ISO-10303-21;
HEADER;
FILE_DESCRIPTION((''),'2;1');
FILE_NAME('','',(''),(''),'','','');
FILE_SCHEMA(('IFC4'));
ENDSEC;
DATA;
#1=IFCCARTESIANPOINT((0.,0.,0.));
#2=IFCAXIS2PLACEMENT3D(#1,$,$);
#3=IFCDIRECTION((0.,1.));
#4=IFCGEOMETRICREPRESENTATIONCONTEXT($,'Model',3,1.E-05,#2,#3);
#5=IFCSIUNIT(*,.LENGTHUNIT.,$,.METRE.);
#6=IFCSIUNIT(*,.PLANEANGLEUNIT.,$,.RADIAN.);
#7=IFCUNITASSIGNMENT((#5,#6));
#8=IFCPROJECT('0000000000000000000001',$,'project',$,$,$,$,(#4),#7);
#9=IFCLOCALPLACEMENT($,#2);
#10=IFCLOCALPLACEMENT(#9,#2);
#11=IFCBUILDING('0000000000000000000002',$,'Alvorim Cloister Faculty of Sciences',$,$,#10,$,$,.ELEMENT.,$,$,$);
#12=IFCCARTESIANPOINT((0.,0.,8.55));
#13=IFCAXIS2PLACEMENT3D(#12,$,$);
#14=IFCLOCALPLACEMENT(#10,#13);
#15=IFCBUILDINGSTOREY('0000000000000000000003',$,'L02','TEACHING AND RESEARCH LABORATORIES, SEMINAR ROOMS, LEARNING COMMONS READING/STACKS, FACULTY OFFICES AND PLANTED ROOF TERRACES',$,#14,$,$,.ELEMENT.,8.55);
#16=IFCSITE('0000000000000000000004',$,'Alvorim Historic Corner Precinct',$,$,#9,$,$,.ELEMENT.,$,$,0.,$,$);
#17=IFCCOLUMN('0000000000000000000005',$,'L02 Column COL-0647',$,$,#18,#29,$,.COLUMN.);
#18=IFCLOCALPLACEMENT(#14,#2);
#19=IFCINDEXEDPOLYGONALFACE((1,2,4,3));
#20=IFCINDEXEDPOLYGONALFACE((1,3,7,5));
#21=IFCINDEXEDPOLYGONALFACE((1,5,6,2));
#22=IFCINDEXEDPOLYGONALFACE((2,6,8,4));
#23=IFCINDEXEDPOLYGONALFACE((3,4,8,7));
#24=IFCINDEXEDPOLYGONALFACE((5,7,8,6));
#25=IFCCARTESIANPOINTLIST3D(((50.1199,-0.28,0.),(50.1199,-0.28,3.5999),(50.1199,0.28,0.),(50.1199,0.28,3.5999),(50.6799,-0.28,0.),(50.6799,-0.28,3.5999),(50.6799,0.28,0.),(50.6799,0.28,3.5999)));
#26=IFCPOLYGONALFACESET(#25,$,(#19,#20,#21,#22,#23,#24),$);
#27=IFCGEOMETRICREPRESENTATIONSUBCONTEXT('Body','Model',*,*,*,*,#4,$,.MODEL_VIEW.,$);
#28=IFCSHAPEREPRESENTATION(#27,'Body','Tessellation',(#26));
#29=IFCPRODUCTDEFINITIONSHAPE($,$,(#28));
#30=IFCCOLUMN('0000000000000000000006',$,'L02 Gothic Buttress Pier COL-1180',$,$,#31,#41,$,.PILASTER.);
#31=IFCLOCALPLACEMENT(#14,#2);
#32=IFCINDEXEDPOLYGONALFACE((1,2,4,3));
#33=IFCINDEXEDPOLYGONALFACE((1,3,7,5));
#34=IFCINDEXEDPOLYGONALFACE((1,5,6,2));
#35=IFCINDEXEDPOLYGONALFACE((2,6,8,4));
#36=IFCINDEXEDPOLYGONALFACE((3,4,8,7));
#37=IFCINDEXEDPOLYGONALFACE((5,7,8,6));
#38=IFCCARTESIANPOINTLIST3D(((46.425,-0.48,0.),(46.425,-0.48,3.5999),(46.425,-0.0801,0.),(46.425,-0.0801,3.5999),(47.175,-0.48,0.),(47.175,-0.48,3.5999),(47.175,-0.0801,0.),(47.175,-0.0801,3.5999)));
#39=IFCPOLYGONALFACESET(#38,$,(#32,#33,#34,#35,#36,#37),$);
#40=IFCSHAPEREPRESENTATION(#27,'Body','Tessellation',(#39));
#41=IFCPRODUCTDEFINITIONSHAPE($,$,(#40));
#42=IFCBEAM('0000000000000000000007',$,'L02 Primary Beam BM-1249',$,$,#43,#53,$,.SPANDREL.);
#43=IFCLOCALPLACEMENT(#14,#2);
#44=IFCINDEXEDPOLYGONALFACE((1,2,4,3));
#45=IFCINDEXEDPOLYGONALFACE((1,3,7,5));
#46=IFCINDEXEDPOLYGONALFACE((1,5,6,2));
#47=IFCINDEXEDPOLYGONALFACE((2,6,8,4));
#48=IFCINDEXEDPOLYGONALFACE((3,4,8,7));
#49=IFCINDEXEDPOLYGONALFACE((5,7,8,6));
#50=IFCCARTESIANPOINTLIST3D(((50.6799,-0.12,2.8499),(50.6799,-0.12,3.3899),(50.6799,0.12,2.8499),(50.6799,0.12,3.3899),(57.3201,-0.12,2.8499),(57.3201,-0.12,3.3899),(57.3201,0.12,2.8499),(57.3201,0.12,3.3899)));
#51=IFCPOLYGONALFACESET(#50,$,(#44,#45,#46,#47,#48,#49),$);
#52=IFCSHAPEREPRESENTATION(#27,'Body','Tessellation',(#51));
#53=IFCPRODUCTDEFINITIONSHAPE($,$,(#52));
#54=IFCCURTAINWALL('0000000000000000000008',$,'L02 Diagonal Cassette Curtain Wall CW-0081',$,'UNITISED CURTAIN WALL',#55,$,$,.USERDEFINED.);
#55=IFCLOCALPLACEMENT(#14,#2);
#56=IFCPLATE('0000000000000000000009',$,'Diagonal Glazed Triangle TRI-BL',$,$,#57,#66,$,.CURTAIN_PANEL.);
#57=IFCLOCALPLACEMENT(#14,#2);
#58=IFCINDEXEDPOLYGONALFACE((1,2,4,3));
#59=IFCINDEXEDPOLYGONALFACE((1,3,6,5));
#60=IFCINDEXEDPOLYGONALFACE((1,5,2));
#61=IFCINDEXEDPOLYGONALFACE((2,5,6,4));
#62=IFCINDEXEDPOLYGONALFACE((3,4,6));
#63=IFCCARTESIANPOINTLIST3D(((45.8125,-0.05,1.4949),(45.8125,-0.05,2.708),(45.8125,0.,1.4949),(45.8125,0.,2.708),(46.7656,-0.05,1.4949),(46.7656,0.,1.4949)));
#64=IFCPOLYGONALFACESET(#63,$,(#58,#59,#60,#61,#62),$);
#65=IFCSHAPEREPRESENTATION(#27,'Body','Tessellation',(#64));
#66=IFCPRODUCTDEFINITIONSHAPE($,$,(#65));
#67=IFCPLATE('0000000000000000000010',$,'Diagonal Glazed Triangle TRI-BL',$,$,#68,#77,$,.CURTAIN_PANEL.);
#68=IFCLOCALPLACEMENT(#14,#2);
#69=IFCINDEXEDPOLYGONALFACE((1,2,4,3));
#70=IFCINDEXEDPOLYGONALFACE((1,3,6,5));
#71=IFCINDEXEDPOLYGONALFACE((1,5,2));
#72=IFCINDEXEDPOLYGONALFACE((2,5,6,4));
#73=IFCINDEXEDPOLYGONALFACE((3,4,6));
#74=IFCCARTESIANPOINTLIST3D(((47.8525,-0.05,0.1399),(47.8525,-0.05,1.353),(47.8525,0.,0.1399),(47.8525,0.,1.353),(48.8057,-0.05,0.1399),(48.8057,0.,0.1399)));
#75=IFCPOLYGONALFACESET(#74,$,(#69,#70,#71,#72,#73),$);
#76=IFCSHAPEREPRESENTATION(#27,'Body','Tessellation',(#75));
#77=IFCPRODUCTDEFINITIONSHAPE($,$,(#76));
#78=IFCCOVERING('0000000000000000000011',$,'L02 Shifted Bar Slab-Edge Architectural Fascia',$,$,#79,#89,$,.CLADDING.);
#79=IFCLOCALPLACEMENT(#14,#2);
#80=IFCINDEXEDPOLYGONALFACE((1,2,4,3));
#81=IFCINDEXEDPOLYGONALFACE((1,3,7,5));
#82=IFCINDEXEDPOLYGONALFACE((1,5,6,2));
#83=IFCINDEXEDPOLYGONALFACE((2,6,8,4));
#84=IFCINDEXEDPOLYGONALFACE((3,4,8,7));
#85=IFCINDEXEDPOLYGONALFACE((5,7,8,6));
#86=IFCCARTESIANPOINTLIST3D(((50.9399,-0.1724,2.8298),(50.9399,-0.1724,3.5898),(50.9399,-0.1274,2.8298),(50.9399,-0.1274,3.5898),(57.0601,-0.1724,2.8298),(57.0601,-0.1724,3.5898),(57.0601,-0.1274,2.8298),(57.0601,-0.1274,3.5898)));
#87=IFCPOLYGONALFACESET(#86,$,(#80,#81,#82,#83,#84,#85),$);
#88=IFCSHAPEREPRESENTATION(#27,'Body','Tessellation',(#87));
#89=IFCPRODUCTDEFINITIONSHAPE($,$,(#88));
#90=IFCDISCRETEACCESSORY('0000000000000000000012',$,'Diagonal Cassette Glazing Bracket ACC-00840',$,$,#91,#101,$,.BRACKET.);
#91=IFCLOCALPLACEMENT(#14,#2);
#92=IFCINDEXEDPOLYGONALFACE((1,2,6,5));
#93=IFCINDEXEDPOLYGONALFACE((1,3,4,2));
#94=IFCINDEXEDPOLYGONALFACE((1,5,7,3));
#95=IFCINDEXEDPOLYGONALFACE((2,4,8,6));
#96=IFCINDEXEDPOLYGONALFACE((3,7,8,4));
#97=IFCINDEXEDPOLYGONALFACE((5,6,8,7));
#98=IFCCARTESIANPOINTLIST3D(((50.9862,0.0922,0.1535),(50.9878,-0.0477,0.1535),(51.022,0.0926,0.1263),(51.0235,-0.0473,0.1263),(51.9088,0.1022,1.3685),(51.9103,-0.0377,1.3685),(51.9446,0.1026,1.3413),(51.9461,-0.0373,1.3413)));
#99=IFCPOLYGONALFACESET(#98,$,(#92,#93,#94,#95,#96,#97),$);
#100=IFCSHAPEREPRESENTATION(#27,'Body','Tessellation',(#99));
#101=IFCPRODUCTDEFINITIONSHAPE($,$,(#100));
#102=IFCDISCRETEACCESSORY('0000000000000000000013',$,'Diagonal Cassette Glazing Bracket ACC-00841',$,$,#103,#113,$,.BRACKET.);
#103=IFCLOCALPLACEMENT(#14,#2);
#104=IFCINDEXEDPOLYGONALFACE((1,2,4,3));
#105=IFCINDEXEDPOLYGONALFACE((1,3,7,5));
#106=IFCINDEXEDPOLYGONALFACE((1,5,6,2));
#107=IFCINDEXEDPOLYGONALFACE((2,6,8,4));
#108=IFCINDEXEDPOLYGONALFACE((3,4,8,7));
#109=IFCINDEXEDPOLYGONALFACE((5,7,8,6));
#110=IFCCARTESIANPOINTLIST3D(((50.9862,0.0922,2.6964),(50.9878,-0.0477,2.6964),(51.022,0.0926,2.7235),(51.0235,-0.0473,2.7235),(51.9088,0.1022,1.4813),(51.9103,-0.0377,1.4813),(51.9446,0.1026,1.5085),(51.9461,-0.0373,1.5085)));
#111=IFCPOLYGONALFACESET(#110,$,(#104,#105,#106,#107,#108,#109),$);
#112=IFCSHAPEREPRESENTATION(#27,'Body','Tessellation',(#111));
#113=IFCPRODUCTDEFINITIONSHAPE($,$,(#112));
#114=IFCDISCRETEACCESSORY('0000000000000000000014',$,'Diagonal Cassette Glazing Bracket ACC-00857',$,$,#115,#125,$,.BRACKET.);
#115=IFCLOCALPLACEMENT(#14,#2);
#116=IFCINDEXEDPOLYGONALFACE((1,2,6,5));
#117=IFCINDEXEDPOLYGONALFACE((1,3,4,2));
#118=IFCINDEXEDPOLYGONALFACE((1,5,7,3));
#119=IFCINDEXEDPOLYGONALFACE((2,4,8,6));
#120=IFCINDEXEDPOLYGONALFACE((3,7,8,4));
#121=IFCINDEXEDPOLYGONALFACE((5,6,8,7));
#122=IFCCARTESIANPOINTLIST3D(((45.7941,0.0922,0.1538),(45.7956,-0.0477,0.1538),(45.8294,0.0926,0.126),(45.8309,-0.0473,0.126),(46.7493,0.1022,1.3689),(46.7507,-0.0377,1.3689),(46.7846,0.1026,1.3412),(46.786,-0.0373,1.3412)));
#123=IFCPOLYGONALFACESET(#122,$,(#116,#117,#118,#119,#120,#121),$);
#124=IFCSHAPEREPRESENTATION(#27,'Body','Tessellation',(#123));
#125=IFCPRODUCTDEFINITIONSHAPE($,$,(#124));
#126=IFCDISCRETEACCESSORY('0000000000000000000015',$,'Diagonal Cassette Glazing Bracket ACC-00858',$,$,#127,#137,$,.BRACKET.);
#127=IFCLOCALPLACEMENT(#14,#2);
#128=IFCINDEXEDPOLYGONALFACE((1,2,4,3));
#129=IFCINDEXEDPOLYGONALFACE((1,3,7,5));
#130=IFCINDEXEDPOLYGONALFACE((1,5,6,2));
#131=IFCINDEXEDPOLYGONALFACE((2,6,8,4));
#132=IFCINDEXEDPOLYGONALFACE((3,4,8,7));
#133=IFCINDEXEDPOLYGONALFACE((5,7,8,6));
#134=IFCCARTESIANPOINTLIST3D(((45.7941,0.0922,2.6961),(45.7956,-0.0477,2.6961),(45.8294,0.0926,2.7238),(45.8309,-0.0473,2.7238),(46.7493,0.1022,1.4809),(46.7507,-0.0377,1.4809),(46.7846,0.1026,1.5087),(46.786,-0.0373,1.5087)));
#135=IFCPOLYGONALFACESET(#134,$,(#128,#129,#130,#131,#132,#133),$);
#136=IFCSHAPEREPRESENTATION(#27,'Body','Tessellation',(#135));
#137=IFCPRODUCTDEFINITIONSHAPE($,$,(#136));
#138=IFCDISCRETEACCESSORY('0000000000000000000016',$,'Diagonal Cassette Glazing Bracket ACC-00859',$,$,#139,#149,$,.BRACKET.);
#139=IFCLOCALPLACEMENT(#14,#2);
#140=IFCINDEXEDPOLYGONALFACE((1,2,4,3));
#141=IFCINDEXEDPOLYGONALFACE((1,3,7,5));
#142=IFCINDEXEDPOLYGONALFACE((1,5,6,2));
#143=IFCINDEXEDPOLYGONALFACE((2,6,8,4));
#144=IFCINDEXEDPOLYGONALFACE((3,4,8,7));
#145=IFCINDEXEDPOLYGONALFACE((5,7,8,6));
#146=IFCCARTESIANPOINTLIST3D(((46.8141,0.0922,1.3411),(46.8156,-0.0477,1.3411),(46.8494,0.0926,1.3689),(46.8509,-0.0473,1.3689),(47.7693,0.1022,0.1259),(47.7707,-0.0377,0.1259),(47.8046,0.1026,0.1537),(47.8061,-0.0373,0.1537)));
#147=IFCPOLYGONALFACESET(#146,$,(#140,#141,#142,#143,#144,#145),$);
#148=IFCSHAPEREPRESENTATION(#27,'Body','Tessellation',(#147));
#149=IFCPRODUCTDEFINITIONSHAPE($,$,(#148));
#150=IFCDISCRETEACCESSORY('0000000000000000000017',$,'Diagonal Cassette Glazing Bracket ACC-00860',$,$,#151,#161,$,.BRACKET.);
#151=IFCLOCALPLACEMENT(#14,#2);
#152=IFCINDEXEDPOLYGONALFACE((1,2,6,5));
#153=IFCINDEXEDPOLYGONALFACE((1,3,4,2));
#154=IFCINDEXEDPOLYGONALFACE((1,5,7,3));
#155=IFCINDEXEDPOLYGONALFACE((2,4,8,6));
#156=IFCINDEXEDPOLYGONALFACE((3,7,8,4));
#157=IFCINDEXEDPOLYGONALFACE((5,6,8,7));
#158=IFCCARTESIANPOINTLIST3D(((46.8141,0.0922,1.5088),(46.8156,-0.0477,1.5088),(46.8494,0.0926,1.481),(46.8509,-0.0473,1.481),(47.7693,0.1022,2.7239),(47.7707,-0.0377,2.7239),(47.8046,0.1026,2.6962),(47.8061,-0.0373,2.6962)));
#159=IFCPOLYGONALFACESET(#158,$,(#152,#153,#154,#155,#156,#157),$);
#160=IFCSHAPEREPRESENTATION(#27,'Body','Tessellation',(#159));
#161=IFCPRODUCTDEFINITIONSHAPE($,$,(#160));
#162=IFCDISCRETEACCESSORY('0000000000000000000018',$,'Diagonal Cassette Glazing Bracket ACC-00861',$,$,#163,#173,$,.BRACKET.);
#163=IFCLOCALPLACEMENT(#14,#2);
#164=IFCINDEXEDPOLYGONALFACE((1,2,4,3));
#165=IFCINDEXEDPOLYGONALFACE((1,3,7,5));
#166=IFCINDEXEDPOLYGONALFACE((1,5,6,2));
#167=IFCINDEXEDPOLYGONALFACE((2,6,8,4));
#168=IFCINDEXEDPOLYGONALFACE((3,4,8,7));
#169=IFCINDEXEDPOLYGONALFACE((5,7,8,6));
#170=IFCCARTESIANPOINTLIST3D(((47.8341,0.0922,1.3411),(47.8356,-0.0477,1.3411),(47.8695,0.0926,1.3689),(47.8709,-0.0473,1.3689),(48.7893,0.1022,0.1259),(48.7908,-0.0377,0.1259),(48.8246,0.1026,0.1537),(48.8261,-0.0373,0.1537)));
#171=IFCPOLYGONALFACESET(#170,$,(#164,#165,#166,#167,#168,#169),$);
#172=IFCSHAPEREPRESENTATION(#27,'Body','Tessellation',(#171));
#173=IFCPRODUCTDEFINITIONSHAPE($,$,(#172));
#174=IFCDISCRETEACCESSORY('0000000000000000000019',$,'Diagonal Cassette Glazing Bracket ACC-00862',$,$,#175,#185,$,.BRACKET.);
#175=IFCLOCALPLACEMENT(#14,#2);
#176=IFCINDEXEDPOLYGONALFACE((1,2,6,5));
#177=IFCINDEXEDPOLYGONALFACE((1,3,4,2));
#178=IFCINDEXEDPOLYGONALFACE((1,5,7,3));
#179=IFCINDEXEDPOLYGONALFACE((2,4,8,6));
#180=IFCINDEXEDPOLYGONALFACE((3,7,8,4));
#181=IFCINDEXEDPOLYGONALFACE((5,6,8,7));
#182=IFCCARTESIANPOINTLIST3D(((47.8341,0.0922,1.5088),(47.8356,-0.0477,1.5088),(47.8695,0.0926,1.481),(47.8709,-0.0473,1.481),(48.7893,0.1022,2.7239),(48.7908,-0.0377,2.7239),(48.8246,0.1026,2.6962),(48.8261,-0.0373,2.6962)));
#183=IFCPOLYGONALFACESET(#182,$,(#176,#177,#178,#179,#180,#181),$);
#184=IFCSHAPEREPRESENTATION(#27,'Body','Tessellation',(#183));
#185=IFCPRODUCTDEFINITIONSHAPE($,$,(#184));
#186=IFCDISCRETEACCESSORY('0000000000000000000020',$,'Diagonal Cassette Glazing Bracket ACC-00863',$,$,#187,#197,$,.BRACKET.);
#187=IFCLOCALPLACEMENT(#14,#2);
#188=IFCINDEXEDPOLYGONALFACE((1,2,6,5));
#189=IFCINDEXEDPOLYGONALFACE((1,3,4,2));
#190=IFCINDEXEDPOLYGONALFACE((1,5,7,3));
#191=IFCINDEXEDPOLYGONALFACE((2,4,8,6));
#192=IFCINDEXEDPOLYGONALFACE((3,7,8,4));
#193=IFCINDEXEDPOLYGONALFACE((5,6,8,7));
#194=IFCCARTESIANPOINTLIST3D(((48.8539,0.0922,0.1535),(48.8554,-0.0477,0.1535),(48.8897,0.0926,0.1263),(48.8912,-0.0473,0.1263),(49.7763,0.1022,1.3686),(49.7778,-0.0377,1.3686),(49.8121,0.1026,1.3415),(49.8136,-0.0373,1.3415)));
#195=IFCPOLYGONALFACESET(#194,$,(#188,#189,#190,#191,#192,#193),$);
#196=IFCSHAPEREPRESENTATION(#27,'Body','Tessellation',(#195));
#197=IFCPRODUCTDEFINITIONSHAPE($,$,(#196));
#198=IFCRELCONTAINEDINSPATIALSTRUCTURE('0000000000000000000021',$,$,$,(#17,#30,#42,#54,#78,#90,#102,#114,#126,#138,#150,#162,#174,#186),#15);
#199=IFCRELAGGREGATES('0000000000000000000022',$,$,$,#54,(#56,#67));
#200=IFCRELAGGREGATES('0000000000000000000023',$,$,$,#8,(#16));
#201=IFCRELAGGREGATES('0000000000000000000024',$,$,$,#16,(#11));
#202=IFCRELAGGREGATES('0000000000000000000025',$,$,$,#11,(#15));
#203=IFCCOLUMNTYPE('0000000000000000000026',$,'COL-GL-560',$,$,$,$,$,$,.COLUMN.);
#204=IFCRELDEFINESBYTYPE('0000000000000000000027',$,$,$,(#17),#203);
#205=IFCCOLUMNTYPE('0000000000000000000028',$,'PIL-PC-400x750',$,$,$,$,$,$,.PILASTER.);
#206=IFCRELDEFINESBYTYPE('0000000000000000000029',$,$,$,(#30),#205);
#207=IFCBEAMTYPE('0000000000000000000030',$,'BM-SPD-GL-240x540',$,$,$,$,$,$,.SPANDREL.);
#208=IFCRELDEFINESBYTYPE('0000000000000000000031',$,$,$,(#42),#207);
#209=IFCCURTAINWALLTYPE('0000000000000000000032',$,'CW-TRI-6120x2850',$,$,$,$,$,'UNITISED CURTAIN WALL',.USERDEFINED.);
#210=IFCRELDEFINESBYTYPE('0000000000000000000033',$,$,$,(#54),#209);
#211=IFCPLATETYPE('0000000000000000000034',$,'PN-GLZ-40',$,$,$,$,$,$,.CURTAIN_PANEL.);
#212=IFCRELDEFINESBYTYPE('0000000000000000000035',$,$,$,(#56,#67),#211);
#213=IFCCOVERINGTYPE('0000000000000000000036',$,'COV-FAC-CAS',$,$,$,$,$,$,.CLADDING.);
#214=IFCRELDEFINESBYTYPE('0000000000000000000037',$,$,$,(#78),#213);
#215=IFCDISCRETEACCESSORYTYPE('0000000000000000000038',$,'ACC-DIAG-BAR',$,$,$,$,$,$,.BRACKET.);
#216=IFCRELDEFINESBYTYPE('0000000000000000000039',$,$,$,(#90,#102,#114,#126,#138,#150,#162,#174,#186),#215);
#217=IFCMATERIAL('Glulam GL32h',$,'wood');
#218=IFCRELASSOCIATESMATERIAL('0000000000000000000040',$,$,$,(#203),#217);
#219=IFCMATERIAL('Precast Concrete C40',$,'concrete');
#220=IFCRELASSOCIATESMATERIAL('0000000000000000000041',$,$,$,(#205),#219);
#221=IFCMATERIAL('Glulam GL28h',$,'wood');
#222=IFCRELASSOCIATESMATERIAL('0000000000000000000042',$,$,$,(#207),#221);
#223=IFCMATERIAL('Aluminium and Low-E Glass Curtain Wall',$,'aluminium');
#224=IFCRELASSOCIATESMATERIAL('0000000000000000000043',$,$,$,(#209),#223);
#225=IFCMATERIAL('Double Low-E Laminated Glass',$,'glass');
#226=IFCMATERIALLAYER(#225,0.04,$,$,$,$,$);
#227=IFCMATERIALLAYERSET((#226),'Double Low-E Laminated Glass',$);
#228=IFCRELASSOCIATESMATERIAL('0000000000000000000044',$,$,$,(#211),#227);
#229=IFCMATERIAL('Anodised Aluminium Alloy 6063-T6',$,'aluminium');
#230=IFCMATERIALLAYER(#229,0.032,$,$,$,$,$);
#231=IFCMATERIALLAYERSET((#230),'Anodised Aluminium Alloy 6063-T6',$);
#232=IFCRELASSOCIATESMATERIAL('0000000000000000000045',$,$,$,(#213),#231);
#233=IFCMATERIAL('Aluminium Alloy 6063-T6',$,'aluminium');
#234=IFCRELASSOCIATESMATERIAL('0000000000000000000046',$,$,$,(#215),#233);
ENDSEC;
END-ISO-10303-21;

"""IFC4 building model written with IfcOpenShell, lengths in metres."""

from ifc_helpers import new_model, si_unit, direction, frame, origin, origin_2d, place, context, subcontext, project, spatial, polyline, rectangle, outline, extrude, material, layer, layer_set, material_profile, profile_set, type_object, element, aggregate, save


model = new_model("IFC4")

# Units and contexts
model_context = context("Model", 3, precision=1e-05, world=origin(), true_north=direction((0.0, 1.0)))
body_context = subcontext(model_context, "Body", "Model", "MODEL_VIEW")
ifc_project = project(units=[si_unit("LENGTHUNIT", "METRE"), si_unit("PLANEANGLEUNIT", "RADIAN")], contexts=[model_context])

# Site, building, storey
site_placement = place(None, origin())
site = spatial("IfcSite", under=ifc_project, at=site_placement, Name="Alvorim Historic Corner Precinct", CompositionType="ELEMENT", RefElevation=0.0)
building_placement = place(site_placement, origin())
building = spatial("IfcBuilding", under=site, at=building_placement, Name="Alvorim Cloister Faculty of Sciences", CompositionType="ELEMENT")
storey_placement = place(building_placement, frame((0.0, 0.0, 8.55)))
storey = spatial("IfcBuildingStorey", under=building, at=storey_placement, Name="L02", Description="TEACHING AND RESEARCH LABORATORIES, SEMINAR ROOMS, LEARNING COMMONS READING/STACKS, FACULTY OFFICES AND PLANTED ROOF TERRACES", CompositionType="ELEMENT", Elevation=8.55)

# Columns
ifc_material_1 = material(Name="Glulam GL32h", Category="wood")
ifc_material_profile_1 = material_profile(ifc_material_1, rectangle(XDim=0.5601, YDim=0.5601, at=origin_2d()), Name="GL32-COL-560x560")
ifc_profile_set_1 = profile_set([ifc_material_profile_1], Name="Glulam GL32h")
column_type_1 = type_object("IfcColumnType", Name="COL-GL-560", PredefinedType="COLUMN", material=ifc_profile_set_1)
column_1_placement = place(storey_placement, frame((50.3999, 0.0, 0.0), z_axis=(0.0, 0.0, 1.0), x_axis=(1.0, 0.0, 0.0)))
element("IfcColumn", 1, at=column_1_placement, inside=storey, type_object=column_type_1, Name="L02 Column COL-0647", PredefinedType="COLUMN", context=body_context, shape_type="SweptSolid", body=[
    extrude(rectangle(XDim=0.5601, YDim=0.5601, at=origin_2d()), origin(), (0.0, 0.0, 1.0), 3.5999),
])
ifc_material_2 = material(Name="Precast Concrete C40", Category="concrete")
ifc_material_profile_2 = material_profile(ifc_material_2, rectangle(XDim=0.3999, YDim=0.75, at=origin_2d()), Name="RC40-PIL-400x750")
ifc_profile_set_2 = profile_set([ifc_material_profile_2], Name="Precast Concrete C40")
column_type_2 = type_object("IfcColumnType", Name="PIL-PC-400x750", PredefinedType="PILASTER", material=ifc_profile_set_2)
column_2_placement = place(storey_placement, frame((46.8, -0.28, 0.0), z_axis=(0.0, 0.0, 1.0), x_axis=(0.0, 1.0, 0.0)))
element("IfcColumn", 2, at=column_2_placement, inside=storey, type_object=column_type_2, Name="L02 Gothic Buttress Pier COL-1180", PredefinedType="PILASTER", context=body_context, shape_type="SweptSolid", body=[
    extrude(rectangle(XDim=0.3999, YDim=0.75, at=origin_2d()), origin(), (0.0, 0.0, 1.0), 3.5999),
])

# Beam
ifc_material_3 = material(Name="Glulam GL28h", Category="wood")
ifc_material_profile_3 = material_profile(ifc_material_3, rectangle(XDim=0.24, YDim=0.54, at=origin_2d()), Name="GL28-SPD-240x540")
ifc_profile_set_3 = profile_set([ifc_material_profile_3], Name="Glulam GL28h")
beam_type = type_object("IfcBeamType", Name="BM-SPD-GL-240x540", PredefinedType="SPANDREL", material=ifc_profile_set_3)
beam_placement = place(storey_placement, frame((50.6799, 0.0, 3.1199), z_axis=(1.0, 0.0, 0.0), x_axis=(0.0, 1.0, 0.0)))
element("IfcBeam", 3, at=beam_placement, inside=storey, type_object=beam_type, Name="L02 Primary Beam BM-1249", PredefinedType="SPANDREL", context=body_context, shape_type="SweptSolid", body=[
    extrude(rectangle(XDim=0.24, YDim=0.54, at=origin_2d()), origin(), (0.0, 0.0, 1.0), 6.6401),
])

# Curtain wall, plates
ifc_material_4 = material(Name="Aluminium and Low-E Glass Curtain Wall", Category="aluminium")
curtain_wall_type = type_object("IfcCurtainWallType", Name="CW-TRI-6120x2850", ElementType="UNITISED CURTAIN WALL", PredefinedType="USERDEFINED", material=ifc_material_4)
ifc_material_5 = material(Name="Double Low-E Laminated Glass", Category="glass")
ifc_layer_1 = layer(ifc_material_5, 0.04)
ifc_layer_set_1 = layer_set([ifc_layer_1], Name="Double Low-E Laminated Glass")
plate_type = type_object("IfcPlateType", Name="PN-GLZ-40", PredefinedType="CURTAIN_PANEL", material=ifc_layer_set_1)
curtain_wall_1_placement = place(storey_placement, origin())
curtain_wall_1 = element("IfcCurtainWall", 4, at=curtain_wall_1_placement, inside=storey, type_object=curtain_wall_type, Name="L02 Diagonal Cassette Curtain Wall CW-0081", ObjectType="UNITISED CURTAIN WALL", PredefinedType="USERDEFINED")
plate_1_placement = place(storey_placement, frame((45.8125, -0.0249, 1.4949), z_axis=(0.0, 0.0, 1.0), x_axis=(1.0, 0.0, 0.0)))
plate_1 = element("IfcPlate", 5, at=plate_1_placement, type_object=plate_type, Name="Diagonal Glazed Triangle TRI-BL", PredefinedType="CURTAIN_PANEL", context=body_context, shape_type="SweptSolid", body=[
    extrude(outline(polyline([(0.0, 0.0), (0.9531, 0.0), (0.0, 1.2131), (0.0, 0.0)])), frame((0.0, 0.0249, 0.0), z_axis=(0.0, -1.0, 0.0), x_axis=(1.0, 0.0, 0.0)), (0.0, 0.0, 1.0), 0.05),
])
plate_2_placement = place(storey_placement, frame((47.8525, -0.0249, 0.1399), z_axis=(0.0, 0.0, 1.0), x_axis=(1.0, 0.0, 0.0)))
plate_2 = element("IfcPlate", 6, at=plate_2_placement, type_object=plate_type, Name="Diagonal Glazed Triangle TRI-BL", PredefinedType="CURTAIN_PANEL", context=body_context, shape_type="SweptSolid", body=[
    extrude(outline(polyline([(0.0, 0.0), (0.9531, 0.0), (0.0, 1.2131), (0.0, 0.0)])), frame((0.0, 0.0249, 0.0), z_axis=(0.0, -1.0, 0.0), x_axis=(1.0, 0.0, 0.0)), (0.0, 0.0, 1.0), 0.05),
])
aggregate(curtain_wall_1, [plate_1, plate_2])

# Covering
ifc_material_6 = material(Name="Anodised Aluminium Alloy 6063-T6", Category="aluminium")
ifc_layer_2 = layer(ifc_material_6, 0.032)
ifc_layer_set_2 = layer_set([ifc_layer_2], Name="Anodised Aluminium Alloy 6063-T6")
covering_type = type_object("IfcCoveringType", Name="COV-FAC-CAS", PredefinedType="CLADDING", material=ifc_layer_set_2)
covering_placement = place(storey_placement, frame((50.9399, -0.1499, 2.8298), z_axis=(0.0, 0.0, 1.0), x_axis=(1.0, 0.0, 0.0)))
element("IfcCovering", 7, at=covering_placement, inside=storey, type_object=covering_type, Name="L02 Shifted Bar Slab-Edge Architectural Fascia", PredefinedType="CLADDING", context=body_context, shape_type="SweptSolid", body=[
    extrude(outline(polyline([(0.0, 0.0), (6.1201, 0.0), (6.1201, 0.76), (0.0, 0.76), (0.0, 0.0)])), frame((0.0, 0.0225, 0.0), z_axis=(0.0, -1.0, 0.0), x_axis=(1.0, 0.0, 0.0)), (0.0, 0.0, 1.0), 0.0449),
])

# Discrete accessories
ifc_material_7 = material(Name="Aluminium Alloy 6063-T6", Category="aluminium")
discrete_accessory_type = type_object("IfcDiscreteAccessoryType", Name="ACC-DIAG-BAR", PredefinedType="BRACKET", material=ifc_material_7)
for number, where, z_axis, x_axis, name in (
    (8, (51.0049, 0.0225, 0.1399), (0.604713, 0.006561, 0.796416), (-0.010849, 0.999941, 0.0), "Diagonal Cassette Glazing Bracket ACC-00840"),
    (9, (51.0049, 0.0225, 2.71), (0.604713, 0.006561, -0.796416), (-0.010849, 0.999941, 0.0), "Diagonal Cassette Glazing Bracket ACC-00841"),
):
    element("IfcDiscreteAccessory", number, at=place(storey_placement, frame(where, z_axis=z_axis, x_axis=x_axis)), inside=storey, type_object=discrete_accessory_type, Name=name, PredefinedType="BRACKET", context=body_context, shape_type="SweptSolid", body=[
        extrude(rectangle(XDim=0.1399, YDim=0.0449, at=origin_2d()), origin(), (0.0, 0.0, 1.0), 1.5256),
    ])
for number, where, z_axis, x_axis, name in (
    (10, (45.8125, 0.0225, 0.1399), (0.617955, 0.006477, 0.786187), (-0.01048, 0.999945, 0.0), "Diagonal Cassette Glazing Bracket ACC-00857"),
    (11, (45.8125, 0.0225, 2.71), (0.617955, 0.006477, -0.786187), (-0.01048, 0.999945, 0.0), "Diagonal Cassette Glazing Bracket ACC-00858"),
    (12, (46.8325, 0.0225, 1.355), (0.617955, 0.006477, -0.786187), (-0.01048, 0.999945, 0.0), "Diagonal Cassette Glazing Bracket ACC-00859"),
    (13, (46.8325, 0.0225, 1.4949), (0.617955, 0.006477, 0.786187), (-0.01048, 0.999945, 0.0), "Diagonal Cassette Glazing Bracket ACC-00860"),
    (14, (47.8525, 0.0225, 1.355), (0.617955, 0.006477, -0.786187), (-0.01048, 0.999945, 0.0), "Diagonal Cassette Glazing Bracket ACC-00861"),
    (15, (47.8525, 0.0225, 1.4949), (0.617955, 0.006477, 0.786187), (-0.01048, 0.999945, 0.0), "Diagonal Cassette Glazing Bracket ACC-00862"),
):
    element("IfcDiscreteAccessory", number, at=place(storey_placement, frame(where, z_axis=z_axis, x_axis=x_axis)), inside=storey, type_object=discrete_accessory_type, Name=name, PredefinedType="BRACKET", context=body_context, shape_type="SweptSolid", body=[
        extrude(rectangle(XDim=0.1399, YDim=0.0449, at=origin_2d()), origin(), (0.0, 0.0, 1.0), 1.5457),
    ])
for number, where, z_axis, x_axis, name in (
    (16, (48.8726, 0.0225, 0.1399), (0.604612, 0.006561, 0.796493), (-0.010852, 0.999941, 0.0), "Diagonal Cassette Glazing Bracket ACC-00863"),
):
    element("IfcDiscreteAccessory", number, at=place(storey_placement, frame(where, z_axis=z_axis, x_axis=x_axis)), inside=storey, type_object=discrete_accessory_type, Name=name, PredefinedType="BRACKET", context=body_context, shape_type="SweptSolid", body=[
        extrude(rectangle(XDim=0.1399, YDim=0.0449, at=origin_2d()), origin(), (0.0, 0.0, 1.0), 1.5256),
    ])

save(model, "model.ifc")
